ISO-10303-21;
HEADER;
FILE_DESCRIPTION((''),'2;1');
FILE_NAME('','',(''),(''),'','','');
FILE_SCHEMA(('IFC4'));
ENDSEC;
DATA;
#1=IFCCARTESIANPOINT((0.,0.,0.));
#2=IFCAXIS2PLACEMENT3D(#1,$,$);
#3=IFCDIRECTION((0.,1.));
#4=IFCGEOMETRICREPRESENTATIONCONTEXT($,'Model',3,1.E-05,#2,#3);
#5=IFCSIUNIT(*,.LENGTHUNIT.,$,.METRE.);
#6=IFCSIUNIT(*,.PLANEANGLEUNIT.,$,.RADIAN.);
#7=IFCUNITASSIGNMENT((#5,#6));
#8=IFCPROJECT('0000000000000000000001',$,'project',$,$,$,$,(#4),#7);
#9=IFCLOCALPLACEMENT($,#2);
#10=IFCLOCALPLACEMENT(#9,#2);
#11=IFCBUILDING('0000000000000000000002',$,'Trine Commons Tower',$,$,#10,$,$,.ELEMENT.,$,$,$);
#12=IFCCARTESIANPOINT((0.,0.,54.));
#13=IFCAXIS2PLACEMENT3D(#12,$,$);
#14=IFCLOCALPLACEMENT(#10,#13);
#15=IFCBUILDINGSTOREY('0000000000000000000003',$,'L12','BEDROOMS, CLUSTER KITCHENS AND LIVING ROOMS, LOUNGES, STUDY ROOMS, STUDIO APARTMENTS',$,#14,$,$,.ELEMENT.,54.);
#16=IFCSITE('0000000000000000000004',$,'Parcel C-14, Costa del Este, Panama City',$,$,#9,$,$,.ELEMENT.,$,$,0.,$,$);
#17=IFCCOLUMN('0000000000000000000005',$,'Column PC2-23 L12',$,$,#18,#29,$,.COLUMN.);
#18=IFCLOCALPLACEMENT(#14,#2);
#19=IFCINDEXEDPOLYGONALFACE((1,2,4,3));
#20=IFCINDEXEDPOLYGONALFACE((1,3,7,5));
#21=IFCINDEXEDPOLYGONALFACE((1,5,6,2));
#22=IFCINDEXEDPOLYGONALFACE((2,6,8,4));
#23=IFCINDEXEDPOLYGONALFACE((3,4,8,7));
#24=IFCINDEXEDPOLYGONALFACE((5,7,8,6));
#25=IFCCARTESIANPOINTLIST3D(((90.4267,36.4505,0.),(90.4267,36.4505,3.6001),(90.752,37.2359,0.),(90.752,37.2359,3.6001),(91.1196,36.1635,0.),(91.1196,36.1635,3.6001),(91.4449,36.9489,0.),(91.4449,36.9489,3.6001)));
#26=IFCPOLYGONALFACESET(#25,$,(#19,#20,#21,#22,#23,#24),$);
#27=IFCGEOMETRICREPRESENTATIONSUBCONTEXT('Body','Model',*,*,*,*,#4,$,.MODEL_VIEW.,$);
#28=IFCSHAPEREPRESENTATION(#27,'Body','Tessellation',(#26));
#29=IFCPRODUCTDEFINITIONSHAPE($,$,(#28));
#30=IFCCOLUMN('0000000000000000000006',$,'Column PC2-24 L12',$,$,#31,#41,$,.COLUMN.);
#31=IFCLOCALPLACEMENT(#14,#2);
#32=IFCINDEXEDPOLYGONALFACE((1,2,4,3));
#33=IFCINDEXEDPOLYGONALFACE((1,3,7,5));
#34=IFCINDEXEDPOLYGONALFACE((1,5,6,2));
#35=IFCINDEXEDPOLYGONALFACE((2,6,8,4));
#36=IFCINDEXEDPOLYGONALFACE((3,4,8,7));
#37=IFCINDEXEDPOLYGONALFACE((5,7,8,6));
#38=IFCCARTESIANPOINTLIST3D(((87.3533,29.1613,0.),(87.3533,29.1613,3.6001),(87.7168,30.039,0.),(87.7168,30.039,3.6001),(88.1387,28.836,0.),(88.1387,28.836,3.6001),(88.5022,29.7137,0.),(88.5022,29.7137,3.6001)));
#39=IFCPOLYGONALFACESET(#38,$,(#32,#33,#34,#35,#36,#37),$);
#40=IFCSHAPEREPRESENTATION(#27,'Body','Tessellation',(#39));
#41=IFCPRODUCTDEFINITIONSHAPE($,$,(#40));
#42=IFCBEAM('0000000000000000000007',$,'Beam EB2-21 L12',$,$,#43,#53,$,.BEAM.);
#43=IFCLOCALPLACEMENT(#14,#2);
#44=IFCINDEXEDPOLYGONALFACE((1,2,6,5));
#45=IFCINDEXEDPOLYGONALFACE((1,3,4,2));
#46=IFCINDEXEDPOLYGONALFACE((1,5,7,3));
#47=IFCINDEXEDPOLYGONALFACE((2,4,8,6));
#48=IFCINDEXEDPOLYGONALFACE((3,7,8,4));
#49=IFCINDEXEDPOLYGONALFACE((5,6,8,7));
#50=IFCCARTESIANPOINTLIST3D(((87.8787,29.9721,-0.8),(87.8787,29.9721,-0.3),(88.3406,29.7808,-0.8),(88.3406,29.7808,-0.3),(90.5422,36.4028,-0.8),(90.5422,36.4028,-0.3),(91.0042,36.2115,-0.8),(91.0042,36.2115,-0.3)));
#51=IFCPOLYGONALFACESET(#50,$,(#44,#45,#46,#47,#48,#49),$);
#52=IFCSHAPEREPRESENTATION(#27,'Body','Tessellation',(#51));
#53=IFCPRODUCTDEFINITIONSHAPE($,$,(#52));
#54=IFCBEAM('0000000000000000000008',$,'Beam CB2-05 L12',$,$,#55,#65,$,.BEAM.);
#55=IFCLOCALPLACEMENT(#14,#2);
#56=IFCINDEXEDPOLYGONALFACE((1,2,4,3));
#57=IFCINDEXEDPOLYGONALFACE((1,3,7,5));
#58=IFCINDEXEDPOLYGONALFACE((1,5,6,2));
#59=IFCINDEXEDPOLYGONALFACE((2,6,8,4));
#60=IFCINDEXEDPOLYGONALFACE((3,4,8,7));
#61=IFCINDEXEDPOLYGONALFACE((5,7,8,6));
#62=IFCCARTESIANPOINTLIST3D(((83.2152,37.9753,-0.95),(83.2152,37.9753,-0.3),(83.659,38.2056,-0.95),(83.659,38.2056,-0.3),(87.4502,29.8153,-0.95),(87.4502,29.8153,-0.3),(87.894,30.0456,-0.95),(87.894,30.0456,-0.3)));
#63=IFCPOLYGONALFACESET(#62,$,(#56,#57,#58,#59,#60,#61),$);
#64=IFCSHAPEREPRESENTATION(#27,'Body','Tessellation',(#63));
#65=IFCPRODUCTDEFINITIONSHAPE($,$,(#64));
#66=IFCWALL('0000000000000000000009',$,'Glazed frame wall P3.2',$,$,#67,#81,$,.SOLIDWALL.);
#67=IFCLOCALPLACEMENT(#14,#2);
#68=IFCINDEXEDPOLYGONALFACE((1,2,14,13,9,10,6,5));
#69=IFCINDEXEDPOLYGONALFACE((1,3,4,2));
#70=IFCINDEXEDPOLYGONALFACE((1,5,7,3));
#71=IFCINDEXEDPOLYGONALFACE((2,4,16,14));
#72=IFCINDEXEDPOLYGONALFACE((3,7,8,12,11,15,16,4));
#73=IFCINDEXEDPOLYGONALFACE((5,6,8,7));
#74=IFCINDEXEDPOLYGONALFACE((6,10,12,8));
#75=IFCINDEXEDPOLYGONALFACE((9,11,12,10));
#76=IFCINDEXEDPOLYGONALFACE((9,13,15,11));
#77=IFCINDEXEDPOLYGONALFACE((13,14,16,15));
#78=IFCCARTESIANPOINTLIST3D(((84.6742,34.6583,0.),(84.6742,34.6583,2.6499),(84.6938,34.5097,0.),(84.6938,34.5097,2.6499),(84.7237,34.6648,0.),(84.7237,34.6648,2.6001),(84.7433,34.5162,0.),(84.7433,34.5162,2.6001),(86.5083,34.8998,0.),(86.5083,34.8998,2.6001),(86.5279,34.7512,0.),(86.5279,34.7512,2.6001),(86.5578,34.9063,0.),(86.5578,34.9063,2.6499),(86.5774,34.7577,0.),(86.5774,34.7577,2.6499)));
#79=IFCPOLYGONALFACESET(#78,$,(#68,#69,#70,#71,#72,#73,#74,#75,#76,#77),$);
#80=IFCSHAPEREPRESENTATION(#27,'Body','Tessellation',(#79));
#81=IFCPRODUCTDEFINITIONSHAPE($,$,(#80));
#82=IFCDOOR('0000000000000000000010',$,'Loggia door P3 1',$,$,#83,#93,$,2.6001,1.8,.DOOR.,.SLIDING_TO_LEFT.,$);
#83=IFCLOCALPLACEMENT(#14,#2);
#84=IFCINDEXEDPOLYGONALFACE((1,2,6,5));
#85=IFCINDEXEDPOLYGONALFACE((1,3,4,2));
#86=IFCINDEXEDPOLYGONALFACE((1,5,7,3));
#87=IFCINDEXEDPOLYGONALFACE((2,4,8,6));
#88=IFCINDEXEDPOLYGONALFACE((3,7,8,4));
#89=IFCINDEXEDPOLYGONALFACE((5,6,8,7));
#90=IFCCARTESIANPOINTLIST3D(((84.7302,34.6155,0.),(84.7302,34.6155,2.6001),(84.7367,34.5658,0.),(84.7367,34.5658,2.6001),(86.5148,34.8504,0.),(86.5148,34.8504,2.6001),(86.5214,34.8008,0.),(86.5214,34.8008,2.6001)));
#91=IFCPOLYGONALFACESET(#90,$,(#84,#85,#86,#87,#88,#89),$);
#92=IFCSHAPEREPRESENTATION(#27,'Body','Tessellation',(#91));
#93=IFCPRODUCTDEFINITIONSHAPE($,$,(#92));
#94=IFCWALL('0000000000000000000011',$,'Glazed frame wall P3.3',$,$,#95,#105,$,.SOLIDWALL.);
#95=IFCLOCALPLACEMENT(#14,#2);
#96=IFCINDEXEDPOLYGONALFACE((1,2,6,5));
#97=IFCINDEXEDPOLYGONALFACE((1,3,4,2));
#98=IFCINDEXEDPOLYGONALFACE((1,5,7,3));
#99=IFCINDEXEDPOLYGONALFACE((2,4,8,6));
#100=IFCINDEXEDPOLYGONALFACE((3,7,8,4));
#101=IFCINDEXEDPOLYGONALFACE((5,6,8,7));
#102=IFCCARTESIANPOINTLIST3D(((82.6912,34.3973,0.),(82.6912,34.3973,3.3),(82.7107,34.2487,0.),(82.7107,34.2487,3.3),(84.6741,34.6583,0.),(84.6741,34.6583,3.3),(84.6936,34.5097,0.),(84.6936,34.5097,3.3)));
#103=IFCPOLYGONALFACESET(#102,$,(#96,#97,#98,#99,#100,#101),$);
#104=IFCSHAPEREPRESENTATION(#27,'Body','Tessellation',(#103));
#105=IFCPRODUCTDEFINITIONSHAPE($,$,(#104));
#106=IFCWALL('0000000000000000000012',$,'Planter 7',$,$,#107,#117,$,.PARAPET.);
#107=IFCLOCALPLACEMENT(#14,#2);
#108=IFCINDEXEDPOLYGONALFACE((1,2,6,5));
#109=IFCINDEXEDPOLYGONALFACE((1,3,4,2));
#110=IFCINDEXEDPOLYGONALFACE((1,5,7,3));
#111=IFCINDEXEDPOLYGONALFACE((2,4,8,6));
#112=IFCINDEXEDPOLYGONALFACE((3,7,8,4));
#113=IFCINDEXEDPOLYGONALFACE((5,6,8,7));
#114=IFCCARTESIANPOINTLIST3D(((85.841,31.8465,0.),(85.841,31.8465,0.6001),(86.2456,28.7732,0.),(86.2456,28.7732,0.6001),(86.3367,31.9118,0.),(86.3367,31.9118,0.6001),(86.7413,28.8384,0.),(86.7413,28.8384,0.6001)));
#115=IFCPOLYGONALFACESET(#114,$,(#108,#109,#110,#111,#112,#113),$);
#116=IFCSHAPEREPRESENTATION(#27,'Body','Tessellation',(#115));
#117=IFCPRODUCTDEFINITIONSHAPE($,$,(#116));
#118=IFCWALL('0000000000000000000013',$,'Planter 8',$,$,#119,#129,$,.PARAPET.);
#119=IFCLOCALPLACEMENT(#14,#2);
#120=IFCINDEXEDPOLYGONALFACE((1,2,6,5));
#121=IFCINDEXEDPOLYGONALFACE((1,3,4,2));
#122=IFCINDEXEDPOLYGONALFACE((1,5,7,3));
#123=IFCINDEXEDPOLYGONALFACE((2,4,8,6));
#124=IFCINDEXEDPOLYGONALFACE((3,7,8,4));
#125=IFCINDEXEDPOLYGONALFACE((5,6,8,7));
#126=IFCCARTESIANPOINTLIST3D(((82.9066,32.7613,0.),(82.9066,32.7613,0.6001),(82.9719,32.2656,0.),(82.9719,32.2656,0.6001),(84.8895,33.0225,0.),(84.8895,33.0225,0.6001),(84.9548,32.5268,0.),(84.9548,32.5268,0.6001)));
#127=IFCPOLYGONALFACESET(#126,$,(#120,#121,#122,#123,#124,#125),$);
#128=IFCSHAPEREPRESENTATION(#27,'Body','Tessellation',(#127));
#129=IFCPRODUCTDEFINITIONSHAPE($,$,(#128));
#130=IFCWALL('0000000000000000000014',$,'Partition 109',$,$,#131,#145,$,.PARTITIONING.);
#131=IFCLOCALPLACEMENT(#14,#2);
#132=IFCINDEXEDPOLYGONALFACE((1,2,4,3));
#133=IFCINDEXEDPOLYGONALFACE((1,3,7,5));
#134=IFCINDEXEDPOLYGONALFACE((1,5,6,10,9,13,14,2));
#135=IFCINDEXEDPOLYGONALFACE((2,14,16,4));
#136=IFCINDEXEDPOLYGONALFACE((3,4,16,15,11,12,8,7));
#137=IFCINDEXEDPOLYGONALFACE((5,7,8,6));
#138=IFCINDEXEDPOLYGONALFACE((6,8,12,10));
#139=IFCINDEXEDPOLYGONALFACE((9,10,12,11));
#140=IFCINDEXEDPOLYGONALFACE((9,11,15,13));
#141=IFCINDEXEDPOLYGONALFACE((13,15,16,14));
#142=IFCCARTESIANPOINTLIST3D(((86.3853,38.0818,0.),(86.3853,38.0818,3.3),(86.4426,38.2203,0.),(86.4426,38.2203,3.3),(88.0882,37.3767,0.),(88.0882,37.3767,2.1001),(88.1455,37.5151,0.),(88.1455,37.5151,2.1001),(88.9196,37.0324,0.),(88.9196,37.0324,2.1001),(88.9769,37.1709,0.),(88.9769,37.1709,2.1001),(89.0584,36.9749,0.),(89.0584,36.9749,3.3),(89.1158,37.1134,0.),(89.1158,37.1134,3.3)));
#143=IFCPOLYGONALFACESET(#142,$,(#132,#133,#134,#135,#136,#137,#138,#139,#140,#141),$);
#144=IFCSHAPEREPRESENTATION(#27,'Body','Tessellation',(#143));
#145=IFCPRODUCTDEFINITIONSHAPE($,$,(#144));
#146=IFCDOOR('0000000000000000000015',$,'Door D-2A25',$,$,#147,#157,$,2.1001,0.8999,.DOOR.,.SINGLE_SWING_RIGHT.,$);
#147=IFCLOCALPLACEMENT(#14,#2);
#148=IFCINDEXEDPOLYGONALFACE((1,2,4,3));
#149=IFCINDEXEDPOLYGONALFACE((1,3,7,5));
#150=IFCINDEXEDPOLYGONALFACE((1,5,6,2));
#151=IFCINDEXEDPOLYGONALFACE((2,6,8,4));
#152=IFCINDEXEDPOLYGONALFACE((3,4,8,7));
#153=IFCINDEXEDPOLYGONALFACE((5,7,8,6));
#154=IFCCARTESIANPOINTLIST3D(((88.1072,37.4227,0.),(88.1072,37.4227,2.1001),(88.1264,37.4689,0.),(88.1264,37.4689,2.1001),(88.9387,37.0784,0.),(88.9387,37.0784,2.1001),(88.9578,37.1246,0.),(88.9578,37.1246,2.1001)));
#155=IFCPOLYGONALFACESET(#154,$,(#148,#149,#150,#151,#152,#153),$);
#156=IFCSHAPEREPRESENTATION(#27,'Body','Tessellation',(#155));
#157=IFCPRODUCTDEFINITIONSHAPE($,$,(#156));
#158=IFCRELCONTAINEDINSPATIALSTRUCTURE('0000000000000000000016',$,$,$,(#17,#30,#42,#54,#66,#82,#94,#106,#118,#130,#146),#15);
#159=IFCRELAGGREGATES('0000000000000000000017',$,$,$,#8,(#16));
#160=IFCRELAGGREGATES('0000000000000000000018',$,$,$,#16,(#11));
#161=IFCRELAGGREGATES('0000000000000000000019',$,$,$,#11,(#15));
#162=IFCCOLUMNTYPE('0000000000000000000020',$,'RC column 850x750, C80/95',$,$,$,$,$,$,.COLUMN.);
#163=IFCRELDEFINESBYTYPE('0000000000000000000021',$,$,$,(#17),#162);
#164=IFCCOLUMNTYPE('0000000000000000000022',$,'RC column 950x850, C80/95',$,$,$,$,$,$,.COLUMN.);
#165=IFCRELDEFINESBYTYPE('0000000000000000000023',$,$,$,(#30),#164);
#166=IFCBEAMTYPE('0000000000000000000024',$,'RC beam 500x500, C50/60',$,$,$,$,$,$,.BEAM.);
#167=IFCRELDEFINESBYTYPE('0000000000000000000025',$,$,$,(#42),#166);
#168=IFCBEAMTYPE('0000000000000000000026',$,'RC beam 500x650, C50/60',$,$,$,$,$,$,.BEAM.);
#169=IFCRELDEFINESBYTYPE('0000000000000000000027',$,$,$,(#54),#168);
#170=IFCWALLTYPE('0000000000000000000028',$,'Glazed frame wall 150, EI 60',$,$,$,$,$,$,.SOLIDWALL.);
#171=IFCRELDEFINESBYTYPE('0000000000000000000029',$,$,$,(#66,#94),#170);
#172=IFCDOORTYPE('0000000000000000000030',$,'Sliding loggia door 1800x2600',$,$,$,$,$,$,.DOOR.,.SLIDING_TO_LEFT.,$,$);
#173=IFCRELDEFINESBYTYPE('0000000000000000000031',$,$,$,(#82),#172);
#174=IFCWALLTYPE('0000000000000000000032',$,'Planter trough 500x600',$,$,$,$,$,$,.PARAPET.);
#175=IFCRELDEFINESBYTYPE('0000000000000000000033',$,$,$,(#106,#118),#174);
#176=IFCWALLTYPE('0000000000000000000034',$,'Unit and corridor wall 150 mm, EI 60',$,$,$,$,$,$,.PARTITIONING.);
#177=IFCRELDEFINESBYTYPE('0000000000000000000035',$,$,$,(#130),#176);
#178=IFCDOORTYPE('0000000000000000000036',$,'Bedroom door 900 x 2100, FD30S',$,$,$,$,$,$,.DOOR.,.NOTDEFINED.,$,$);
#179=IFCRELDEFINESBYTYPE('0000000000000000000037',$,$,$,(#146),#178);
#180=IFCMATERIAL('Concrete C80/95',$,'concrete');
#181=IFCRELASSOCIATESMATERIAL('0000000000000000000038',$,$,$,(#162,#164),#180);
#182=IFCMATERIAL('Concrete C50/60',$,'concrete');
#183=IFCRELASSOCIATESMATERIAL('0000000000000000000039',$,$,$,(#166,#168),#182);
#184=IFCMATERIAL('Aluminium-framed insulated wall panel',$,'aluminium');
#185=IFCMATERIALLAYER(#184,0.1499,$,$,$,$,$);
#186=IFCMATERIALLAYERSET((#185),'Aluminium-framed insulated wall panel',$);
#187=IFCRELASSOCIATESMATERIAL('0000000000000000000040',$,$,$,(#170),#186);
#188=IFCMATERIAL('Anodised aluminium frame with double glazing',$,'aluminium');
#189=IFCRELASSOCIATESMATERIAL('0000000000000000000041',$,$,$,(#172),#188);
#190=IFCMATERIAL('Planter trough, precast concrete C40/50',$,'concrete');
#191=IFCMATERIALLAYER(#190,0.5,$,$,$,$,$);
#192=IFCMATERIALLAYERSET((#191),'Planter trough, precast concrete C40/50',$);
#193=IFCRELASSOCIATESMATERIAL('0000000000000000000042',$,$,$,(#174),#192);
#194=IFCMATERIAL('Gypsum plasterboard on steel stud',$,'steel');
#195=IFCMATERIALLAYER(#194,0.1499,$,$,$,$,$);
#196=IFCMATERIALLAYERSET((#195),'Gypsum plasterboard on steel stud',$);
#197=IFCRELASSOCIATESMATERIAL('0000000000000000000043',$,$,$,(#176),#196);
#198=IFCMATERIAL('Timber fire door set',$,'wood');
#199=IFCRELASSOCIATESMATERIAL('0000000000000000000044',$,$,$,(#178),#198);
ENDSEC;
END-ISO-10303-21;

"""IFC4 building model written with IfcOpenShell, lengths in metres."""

from ifc_helpers import new_model, si_unit, direction, frame, frame_2d, origin, origin_2d, place, context, subcontext, project, spatial, polyline, rectangle, outline, extrude, material, layer, layer_set, material_profile, profile_set, type_object, element, fill, save


model = new_model("IFC4")

# Units and contexts
model_context = context("Model", 3, precision=1e-05, world=origin(), true_north=direction((0.0, 1.0)))
body_context = subcontext(model_context, "Body", "Model", "MODEL_VIEW")
ifc_project = project(units=[si_unit("LENGTHUNIT", "METRE"), si_unit("PLANEANGLEUNIT", "RADIAN")], contexts=[model_context])

# Site, building, storey
site_placement = place(None, origin())
site = spatial("IfcSite", under=ifc_project, at=site_placement, Name="Parcel C-14, Costa del Este, Panama City", CompositionType="ELEMENT", RefElevation=0.0)
building_placement = place(site_placement, origin())
building = spatial("IfcBuilding", under=site, at=building_placement, Name="Trine Commons Tower", CompositionType="ELEMENT")
storey_placement = place(building_placement, frame((0.0, 0.0, 54.0)))
storey = spatial("IfcBuildingStorey", under=building, at=storey_placement, Name="L12", Description="BEDROOMS, CLUSTER KITCHENS AND LIVING ROOMS, LOUNGES, STUDY ROOMS, STUDIO APARTMENTS", CompositionType="ELEMENT", Elevation=54.0)

# Columns
ifc_material_1 = material(Name="Concrete C80/95", Category="concrete")
ifc_material_profile_1 = material_profile(ifc_material_1, rectangle(XDim=0.8501, YDim=0.75, at=origin_2d()), Name="RC 850x750")
ifc_profile_set_1 = profile_set([ifc_material_profile_1], Name="Concrete C80/95")
column_type_1 = type_object("IfcColumnType", Name="RC column 850x750, C80/95", PredefinedType="COLUMN", material=ifc_profile_set_1)
column_1_placement = place(storey_placement, frame((90.9358, 36.6997, 0.0), z_axis=(0.0, 0.0, 1.0), x_axis=(0.382683, 0.92388, 0.0)))
element("IfcColumn", 1, at=column_1_placement, inside=storey, type_object=column_type_1, Name="Column PC2-23 L12", PredefinedType="COLUMN", context=body_context, shape_type="SweptSolid", body=[
    extrude(rectangle(XDim=0.8501, YDim=0.75, at=origin_2d()), origin(), (0.0, 0.0, 1.0), 3.6001),
])
ifc_material_profile_2 = material_profile(ifc_material_1, rectangle(XDim=0.95, YDim=0.8501, at=origin_2d()), Name="RC 950x850")
ifc_profile_set_2 = profile_set([ifc_material_profile_2], Name="Concrete C80/95")
column_type_2 = type_object("IfcColumnType", Name="RC column 950x850, C80/95", PredefinedType="COLUMN", material=ifc_profile_set_2)
column_2_placement = place(storey_placement, frame((87.9277, 29.4375, 0.0), z_axis=(0.0, 0.0, 1.0), x_axis=(0.382683, 0.92388, 0.0)))
element("IfcColumn", 2, at=column_2_placement, inside=storey, type_object=column_type_2, Name="Column PC2-24 L12", PredefinedType="COLUMN", context=body_context, shape_type="SweptSolid", body=[
    extrude(rectangle(XDim=0.95, YDim=0.8501, at=origin_2d()), origin(), (0.0, 0.0, 1.0), 3.6001),
])

# Beams
ifc_material_2 = material(Name="Concrete C50/60", Category="concrete")
ifc_material_profile_3 = material_profile(ifc_material_2, rectangle(XDim=0.5, YDim=0.5, at=origin_2d()), Name="RC 500x500")
ifc_profile_set_3 = profile_set([ifc_material_profile_3], Name="Concrete C50/60")
beam_type_1 = type_object("IfcBeamType", Name="RC beam 500x500, C50/60", PredefinedType="BEAM", material=ifc_profile_set_3)
beam_1_placement = place(storey_placement, frame((90.7732, 36.3071, -0.55), z_axis=(-0.382672, -0.923884, 0.0), x_axis=(0.923884, -0.382672, 0.0)))
element("IfcBeam", 3, at=beam_1_placement, inside=storey, type_object=beam_type_1, Name="Beam EB2-21 L12", PredefinedType="BEAM", context=body_context, shape_type="SweptSolid", body=[
    extrude(rectangle(XDim=0.5, YDim=0.5, at=origin_2d()), origin(), (0.0, 0.0, 1.0), 6.9604),
])
ifc_material_profile_4 = material_profile(ifc_material_2, rectangle(XDim=0.5, YDim=0.6499, at=origin_2d()), Name="RC 500x650")
ifc_profile_set_4 = profile_set([ifc_material_profile_4], Name="Concrete C50/60")
beam_type_2 = type_object("IfcBeamType", Name="RC beam 500x650, C50/60", PredefinedType="BEAM", material=ifc_profile_set_4)
beam_2_placement = place(storey_placement, frame((87.6721, 29.9304, -0.625), z_axis=(-0.460653, 0.88758, 0.0), x_axis=(-0.88758, -0.460653, 0.0)))
element("IfcBeam", 4, at=beam_2_placement, inside=storey, type_object=beam_type_2, Name="Beam CB2-05 L12", PredefinedType="BEAM", context=body_context, shape_type="SweptSolid", body=[
    extrude(rectangle(XDim=0.5, YDim=0.6499, at=origin_2d()), origin(), (0.0, 0.0, 1.0), 9.1936),
])

# Shared definitions
ifc_material_3 = material(Name="Aluminium-framed insulated wall panel", Category="aluminium")
ifc_layer_1 = layer(ifc_material_3, 0.1499)
ifc_layer_set_1 = layer_set([ifc_layer_1], Name="Aluminium-framed insulated wall panel")
wall_type_1 = type_object("IfcWallType", Name="Glazed frame wall 150, EI 60", PredefinedType="SOLIDWALL", material=ifc_layer_set_1)

# Wall, opening, door
wall_1_placement = place(storey_placement, frame((86.5676, 34.832, 0.0), z_axis=(0.0, 0.0, 1.0), x_axis=(-0.991442, -0.130548, 0.0)))
wall_1 = element("IfcWall", 5, at=wall_1_placement, inside=storey, type_object=wall_type_1, Name="Glazed frame wall P3.2", PredefinedType="SOLIDWALL", context=body_context, shape_type="SweptSolid", body=[
    extrude(outline(polyline([(0.0, -0.075), (1.8999, -0.075), (1.8999, 0.075), (0.0, 0.075), (0.0, -0.075)])), origin(), (0.0, 0.0, 1.0), 2.6499),
])
opening_1_placement = place(wall_1_placement, frame((0.05, 0.0, 0.0)))
opening_1 = element("IfcOpeningElement", 6, at=opening_1_placement, cuts=wall_1, PredefinedType="OPENING", context=body_context, shape_type="SweptSolid", body=[
    extrude(rectangle(XDim=1.8, YDim=2.6001, at=frame_2d((0.8999, 1.3))), frame((0.0, 0.085, 0.0), z_axis=(0.0, -1.0, 0.0), x_axis=(1.0, 0.0, 0.0)), (0.0, 0.0, 1.0), 0.1699),
])
ifc_material_4 = material(Name="Anodised aluminium frame with double glazing", Category="aluminium")
door_type_1 = type_object("IfcDoorType", Name="Sliding loggia door 1800x2600", OperationType="SLIDING_TO_LEFT", PredefinedType="DOOR", material=ifc_material_4)
door_1_placement = place(opening_1_placement, origin())
door_1 = element("IfcDoor", 7, at=door_1_placement, inside=storey, type_object=door_type_1, Name="Loggia door P3 1", OperationType="SLIDING_TO_LEFT", OverallHeight=2.6001, OverallWidth=1.8, PredefinedType="DOOR", context=body_context, shape_type="SweptSolid", body=[
    extrude(rectangle(XDim=1.8, YDim=2.6001, at=frame_2d((0.8999, 1.3))), frame((0.0, 0.0249, 0.0), z_axis=(0.0, -1.0, 0.0), x_axis=(1.0, 0.0, 0.0)), (0.0, 0.0, 1.0), 0.05),
])
fill(opening_1, door_1)

# Walls
wall_2_placement = place(storey_placement, frame((84.6838, 34.584, 0.0), z_axis=(0.0, 0.0, 1.0), x_axis=(-0.991449, -0.130492, 0.0)))
element("IfcWall", 8, at=wall_2_placement, inside=storey, type_object=wall_type_1, Name="Glazed frame wall P3.3", PredefinedType="SOLIDWALL", context=body_context, shape_type="SweptSolid", body=[
    extrude(outline(polyline([(0.0, -0.075), (2.0, -0.075), (2.0, 0.075), (0.0, 0.075), (0.0, -0.075)])), origin(), (0.0, 0.0, 1.0), 3.3),
])
ifc_material_5 = material(Name="Planter trough, precast concrete C40/50", Category="concrete")
ifc_layer_2 = layer(ifc_material_5, 0.5)
ifc_layer_set_2 = layer_set([ifc_layer_2], Name="Planter trough, precast concrete C40/50")
wall_type_2 = type_object("IfcWallType", Name="Planter trough 500x600", PredefinedType="PARAPET", material=ifc_layer_set_2)
wall_3_placement = place(storey_placement, frame((86.4934, 28.8059, 0.0), z_axis=(0.0, 0.0, 1.0), x_axis=(-0.130507, 0.991447, 0.0)))
element("IfcWall", 9, at=wall_3_placement, inside=storey, type_object=wall_type_2, Name="Planter 7", PredefinedType="PARAPET", context=body_context, shape_type="SweptSolid", body=[
    extrude(rectangle(XDim=3.0999, YDim=0.5, at=frame_2d((1.5498, 0.0))), origin(), (0.0, 0.0, 1.0), 0.6001),
])
wall_4_placement = place(storey_placement, frame((84.9221, 32.7747, 0.0), z_axis=(0.0, 0.0, 1.0), x_axis=(-0.991434, -0.130612, 0.0)))
element("IfcWall", 10, at=wall_4_placement, inside=storey, type_object=wall_type_2, Name="Planter 8", PredefinedType="PARAPET", context=body_context, shape_type="SweptSolid", body=[
    extrude(rectangle(XDim=2.0, YDim=0.5, at=frame_2d((1.0, 0.0))), origin(), (0.0, 0.0, 1.0), 0.6001),
])

# Wall, opening, door
ifc_material_6 = material(Name="Gypsum plasterboard on steel stud", Category="steel")
ifc_layer_3 = layer(ifc_material_6, 0.1499)
ifc_layer_set_3 = layer_set([ifc_layer_3], Name="Gypsum plasterboard on steel stud")
wall_type_3 = type_object("IfcWallType", Name="Unit and corridor wall 150 mm, EI 60", PredefinedType="PARTITIONING", material=ifc_layer_set_3)
wall_5_placement = place(storey_placement, frame((86.4138, 38.1511, 0.0), z_axis=(0.0, 0.0, 1.0), x_axis=(0.923916, -0.382595, 0.0)))
wall_5 = element("IfcWall", 11, at=wall_5_placement, inside=storey, type_object=wall_type_3, Name="Partition 109", PredefinedType="PARTITIONING", context=body_context, shape_type="SweptSolid", body=[
    extrude(rectangle(XDim=2.8933, YDim=0.1499, at=frame_2d((1.4468, 0.0))), origin(), (0.0, 0.0, 1.0), 3.3),
])
opening_2_placement = place(wall_5_placement, frame((1.8433, 0.0, 0.0)))
opening_2 = element("IfcOpeningElement", 12, at=opening_2_placement, cuts=wall_5, PredefinedType="OPENING", context=body_context, shape_type="SweptSolid", body=[
    extrude(rectangle(XDim=0.8999, YDim=2.1001, at=frame_2d((0.45, 1.05))), frame((0.0, 0.085, 0.0), z_axis=(0.0, -1.0, 0.0), x_axis=(1.0, 0.0, 0.0)), (0.0, 0.0, 1.0), 0.1699),
])
ifc_material_7 = material(Name="Timber fire door set", Category="wood")
door_type_2 = type_object("IfcDoorType", Name="Bedroom door 900 x 2100, FD30S", OperationType="NOTDEFINED", PredefinedType="DOOR", material=ifc_material_7)
door_2_placement = place(opening_2_placement, origin())
door_2 = element("IfcDoor", 13, at=door_2_placement, inside=storey, type_object=door_type_2, Name="Door D-2A25", OperationType="SINGLE_SWING_RIGHT", OverallHeight=2.1001, OverallWidth=0.8999, PredefinedType="DOOR", context=body_context, shape_type="SweptSolid", body=[
    extrude(rectangle(XDim=0.8999, YDim=2.1001, at=frame_2d((0.45, 1.05))), frame((0.0, 0.0249, 0.0), z_axis=(0.0, -1.0, 0.0), x_axis=(1.0, 0.0, 0.0)), (0.0, 0.0, 1.0), 0.05),
])
fill(opening_2, door_2)

save(model, "model.ifc")
